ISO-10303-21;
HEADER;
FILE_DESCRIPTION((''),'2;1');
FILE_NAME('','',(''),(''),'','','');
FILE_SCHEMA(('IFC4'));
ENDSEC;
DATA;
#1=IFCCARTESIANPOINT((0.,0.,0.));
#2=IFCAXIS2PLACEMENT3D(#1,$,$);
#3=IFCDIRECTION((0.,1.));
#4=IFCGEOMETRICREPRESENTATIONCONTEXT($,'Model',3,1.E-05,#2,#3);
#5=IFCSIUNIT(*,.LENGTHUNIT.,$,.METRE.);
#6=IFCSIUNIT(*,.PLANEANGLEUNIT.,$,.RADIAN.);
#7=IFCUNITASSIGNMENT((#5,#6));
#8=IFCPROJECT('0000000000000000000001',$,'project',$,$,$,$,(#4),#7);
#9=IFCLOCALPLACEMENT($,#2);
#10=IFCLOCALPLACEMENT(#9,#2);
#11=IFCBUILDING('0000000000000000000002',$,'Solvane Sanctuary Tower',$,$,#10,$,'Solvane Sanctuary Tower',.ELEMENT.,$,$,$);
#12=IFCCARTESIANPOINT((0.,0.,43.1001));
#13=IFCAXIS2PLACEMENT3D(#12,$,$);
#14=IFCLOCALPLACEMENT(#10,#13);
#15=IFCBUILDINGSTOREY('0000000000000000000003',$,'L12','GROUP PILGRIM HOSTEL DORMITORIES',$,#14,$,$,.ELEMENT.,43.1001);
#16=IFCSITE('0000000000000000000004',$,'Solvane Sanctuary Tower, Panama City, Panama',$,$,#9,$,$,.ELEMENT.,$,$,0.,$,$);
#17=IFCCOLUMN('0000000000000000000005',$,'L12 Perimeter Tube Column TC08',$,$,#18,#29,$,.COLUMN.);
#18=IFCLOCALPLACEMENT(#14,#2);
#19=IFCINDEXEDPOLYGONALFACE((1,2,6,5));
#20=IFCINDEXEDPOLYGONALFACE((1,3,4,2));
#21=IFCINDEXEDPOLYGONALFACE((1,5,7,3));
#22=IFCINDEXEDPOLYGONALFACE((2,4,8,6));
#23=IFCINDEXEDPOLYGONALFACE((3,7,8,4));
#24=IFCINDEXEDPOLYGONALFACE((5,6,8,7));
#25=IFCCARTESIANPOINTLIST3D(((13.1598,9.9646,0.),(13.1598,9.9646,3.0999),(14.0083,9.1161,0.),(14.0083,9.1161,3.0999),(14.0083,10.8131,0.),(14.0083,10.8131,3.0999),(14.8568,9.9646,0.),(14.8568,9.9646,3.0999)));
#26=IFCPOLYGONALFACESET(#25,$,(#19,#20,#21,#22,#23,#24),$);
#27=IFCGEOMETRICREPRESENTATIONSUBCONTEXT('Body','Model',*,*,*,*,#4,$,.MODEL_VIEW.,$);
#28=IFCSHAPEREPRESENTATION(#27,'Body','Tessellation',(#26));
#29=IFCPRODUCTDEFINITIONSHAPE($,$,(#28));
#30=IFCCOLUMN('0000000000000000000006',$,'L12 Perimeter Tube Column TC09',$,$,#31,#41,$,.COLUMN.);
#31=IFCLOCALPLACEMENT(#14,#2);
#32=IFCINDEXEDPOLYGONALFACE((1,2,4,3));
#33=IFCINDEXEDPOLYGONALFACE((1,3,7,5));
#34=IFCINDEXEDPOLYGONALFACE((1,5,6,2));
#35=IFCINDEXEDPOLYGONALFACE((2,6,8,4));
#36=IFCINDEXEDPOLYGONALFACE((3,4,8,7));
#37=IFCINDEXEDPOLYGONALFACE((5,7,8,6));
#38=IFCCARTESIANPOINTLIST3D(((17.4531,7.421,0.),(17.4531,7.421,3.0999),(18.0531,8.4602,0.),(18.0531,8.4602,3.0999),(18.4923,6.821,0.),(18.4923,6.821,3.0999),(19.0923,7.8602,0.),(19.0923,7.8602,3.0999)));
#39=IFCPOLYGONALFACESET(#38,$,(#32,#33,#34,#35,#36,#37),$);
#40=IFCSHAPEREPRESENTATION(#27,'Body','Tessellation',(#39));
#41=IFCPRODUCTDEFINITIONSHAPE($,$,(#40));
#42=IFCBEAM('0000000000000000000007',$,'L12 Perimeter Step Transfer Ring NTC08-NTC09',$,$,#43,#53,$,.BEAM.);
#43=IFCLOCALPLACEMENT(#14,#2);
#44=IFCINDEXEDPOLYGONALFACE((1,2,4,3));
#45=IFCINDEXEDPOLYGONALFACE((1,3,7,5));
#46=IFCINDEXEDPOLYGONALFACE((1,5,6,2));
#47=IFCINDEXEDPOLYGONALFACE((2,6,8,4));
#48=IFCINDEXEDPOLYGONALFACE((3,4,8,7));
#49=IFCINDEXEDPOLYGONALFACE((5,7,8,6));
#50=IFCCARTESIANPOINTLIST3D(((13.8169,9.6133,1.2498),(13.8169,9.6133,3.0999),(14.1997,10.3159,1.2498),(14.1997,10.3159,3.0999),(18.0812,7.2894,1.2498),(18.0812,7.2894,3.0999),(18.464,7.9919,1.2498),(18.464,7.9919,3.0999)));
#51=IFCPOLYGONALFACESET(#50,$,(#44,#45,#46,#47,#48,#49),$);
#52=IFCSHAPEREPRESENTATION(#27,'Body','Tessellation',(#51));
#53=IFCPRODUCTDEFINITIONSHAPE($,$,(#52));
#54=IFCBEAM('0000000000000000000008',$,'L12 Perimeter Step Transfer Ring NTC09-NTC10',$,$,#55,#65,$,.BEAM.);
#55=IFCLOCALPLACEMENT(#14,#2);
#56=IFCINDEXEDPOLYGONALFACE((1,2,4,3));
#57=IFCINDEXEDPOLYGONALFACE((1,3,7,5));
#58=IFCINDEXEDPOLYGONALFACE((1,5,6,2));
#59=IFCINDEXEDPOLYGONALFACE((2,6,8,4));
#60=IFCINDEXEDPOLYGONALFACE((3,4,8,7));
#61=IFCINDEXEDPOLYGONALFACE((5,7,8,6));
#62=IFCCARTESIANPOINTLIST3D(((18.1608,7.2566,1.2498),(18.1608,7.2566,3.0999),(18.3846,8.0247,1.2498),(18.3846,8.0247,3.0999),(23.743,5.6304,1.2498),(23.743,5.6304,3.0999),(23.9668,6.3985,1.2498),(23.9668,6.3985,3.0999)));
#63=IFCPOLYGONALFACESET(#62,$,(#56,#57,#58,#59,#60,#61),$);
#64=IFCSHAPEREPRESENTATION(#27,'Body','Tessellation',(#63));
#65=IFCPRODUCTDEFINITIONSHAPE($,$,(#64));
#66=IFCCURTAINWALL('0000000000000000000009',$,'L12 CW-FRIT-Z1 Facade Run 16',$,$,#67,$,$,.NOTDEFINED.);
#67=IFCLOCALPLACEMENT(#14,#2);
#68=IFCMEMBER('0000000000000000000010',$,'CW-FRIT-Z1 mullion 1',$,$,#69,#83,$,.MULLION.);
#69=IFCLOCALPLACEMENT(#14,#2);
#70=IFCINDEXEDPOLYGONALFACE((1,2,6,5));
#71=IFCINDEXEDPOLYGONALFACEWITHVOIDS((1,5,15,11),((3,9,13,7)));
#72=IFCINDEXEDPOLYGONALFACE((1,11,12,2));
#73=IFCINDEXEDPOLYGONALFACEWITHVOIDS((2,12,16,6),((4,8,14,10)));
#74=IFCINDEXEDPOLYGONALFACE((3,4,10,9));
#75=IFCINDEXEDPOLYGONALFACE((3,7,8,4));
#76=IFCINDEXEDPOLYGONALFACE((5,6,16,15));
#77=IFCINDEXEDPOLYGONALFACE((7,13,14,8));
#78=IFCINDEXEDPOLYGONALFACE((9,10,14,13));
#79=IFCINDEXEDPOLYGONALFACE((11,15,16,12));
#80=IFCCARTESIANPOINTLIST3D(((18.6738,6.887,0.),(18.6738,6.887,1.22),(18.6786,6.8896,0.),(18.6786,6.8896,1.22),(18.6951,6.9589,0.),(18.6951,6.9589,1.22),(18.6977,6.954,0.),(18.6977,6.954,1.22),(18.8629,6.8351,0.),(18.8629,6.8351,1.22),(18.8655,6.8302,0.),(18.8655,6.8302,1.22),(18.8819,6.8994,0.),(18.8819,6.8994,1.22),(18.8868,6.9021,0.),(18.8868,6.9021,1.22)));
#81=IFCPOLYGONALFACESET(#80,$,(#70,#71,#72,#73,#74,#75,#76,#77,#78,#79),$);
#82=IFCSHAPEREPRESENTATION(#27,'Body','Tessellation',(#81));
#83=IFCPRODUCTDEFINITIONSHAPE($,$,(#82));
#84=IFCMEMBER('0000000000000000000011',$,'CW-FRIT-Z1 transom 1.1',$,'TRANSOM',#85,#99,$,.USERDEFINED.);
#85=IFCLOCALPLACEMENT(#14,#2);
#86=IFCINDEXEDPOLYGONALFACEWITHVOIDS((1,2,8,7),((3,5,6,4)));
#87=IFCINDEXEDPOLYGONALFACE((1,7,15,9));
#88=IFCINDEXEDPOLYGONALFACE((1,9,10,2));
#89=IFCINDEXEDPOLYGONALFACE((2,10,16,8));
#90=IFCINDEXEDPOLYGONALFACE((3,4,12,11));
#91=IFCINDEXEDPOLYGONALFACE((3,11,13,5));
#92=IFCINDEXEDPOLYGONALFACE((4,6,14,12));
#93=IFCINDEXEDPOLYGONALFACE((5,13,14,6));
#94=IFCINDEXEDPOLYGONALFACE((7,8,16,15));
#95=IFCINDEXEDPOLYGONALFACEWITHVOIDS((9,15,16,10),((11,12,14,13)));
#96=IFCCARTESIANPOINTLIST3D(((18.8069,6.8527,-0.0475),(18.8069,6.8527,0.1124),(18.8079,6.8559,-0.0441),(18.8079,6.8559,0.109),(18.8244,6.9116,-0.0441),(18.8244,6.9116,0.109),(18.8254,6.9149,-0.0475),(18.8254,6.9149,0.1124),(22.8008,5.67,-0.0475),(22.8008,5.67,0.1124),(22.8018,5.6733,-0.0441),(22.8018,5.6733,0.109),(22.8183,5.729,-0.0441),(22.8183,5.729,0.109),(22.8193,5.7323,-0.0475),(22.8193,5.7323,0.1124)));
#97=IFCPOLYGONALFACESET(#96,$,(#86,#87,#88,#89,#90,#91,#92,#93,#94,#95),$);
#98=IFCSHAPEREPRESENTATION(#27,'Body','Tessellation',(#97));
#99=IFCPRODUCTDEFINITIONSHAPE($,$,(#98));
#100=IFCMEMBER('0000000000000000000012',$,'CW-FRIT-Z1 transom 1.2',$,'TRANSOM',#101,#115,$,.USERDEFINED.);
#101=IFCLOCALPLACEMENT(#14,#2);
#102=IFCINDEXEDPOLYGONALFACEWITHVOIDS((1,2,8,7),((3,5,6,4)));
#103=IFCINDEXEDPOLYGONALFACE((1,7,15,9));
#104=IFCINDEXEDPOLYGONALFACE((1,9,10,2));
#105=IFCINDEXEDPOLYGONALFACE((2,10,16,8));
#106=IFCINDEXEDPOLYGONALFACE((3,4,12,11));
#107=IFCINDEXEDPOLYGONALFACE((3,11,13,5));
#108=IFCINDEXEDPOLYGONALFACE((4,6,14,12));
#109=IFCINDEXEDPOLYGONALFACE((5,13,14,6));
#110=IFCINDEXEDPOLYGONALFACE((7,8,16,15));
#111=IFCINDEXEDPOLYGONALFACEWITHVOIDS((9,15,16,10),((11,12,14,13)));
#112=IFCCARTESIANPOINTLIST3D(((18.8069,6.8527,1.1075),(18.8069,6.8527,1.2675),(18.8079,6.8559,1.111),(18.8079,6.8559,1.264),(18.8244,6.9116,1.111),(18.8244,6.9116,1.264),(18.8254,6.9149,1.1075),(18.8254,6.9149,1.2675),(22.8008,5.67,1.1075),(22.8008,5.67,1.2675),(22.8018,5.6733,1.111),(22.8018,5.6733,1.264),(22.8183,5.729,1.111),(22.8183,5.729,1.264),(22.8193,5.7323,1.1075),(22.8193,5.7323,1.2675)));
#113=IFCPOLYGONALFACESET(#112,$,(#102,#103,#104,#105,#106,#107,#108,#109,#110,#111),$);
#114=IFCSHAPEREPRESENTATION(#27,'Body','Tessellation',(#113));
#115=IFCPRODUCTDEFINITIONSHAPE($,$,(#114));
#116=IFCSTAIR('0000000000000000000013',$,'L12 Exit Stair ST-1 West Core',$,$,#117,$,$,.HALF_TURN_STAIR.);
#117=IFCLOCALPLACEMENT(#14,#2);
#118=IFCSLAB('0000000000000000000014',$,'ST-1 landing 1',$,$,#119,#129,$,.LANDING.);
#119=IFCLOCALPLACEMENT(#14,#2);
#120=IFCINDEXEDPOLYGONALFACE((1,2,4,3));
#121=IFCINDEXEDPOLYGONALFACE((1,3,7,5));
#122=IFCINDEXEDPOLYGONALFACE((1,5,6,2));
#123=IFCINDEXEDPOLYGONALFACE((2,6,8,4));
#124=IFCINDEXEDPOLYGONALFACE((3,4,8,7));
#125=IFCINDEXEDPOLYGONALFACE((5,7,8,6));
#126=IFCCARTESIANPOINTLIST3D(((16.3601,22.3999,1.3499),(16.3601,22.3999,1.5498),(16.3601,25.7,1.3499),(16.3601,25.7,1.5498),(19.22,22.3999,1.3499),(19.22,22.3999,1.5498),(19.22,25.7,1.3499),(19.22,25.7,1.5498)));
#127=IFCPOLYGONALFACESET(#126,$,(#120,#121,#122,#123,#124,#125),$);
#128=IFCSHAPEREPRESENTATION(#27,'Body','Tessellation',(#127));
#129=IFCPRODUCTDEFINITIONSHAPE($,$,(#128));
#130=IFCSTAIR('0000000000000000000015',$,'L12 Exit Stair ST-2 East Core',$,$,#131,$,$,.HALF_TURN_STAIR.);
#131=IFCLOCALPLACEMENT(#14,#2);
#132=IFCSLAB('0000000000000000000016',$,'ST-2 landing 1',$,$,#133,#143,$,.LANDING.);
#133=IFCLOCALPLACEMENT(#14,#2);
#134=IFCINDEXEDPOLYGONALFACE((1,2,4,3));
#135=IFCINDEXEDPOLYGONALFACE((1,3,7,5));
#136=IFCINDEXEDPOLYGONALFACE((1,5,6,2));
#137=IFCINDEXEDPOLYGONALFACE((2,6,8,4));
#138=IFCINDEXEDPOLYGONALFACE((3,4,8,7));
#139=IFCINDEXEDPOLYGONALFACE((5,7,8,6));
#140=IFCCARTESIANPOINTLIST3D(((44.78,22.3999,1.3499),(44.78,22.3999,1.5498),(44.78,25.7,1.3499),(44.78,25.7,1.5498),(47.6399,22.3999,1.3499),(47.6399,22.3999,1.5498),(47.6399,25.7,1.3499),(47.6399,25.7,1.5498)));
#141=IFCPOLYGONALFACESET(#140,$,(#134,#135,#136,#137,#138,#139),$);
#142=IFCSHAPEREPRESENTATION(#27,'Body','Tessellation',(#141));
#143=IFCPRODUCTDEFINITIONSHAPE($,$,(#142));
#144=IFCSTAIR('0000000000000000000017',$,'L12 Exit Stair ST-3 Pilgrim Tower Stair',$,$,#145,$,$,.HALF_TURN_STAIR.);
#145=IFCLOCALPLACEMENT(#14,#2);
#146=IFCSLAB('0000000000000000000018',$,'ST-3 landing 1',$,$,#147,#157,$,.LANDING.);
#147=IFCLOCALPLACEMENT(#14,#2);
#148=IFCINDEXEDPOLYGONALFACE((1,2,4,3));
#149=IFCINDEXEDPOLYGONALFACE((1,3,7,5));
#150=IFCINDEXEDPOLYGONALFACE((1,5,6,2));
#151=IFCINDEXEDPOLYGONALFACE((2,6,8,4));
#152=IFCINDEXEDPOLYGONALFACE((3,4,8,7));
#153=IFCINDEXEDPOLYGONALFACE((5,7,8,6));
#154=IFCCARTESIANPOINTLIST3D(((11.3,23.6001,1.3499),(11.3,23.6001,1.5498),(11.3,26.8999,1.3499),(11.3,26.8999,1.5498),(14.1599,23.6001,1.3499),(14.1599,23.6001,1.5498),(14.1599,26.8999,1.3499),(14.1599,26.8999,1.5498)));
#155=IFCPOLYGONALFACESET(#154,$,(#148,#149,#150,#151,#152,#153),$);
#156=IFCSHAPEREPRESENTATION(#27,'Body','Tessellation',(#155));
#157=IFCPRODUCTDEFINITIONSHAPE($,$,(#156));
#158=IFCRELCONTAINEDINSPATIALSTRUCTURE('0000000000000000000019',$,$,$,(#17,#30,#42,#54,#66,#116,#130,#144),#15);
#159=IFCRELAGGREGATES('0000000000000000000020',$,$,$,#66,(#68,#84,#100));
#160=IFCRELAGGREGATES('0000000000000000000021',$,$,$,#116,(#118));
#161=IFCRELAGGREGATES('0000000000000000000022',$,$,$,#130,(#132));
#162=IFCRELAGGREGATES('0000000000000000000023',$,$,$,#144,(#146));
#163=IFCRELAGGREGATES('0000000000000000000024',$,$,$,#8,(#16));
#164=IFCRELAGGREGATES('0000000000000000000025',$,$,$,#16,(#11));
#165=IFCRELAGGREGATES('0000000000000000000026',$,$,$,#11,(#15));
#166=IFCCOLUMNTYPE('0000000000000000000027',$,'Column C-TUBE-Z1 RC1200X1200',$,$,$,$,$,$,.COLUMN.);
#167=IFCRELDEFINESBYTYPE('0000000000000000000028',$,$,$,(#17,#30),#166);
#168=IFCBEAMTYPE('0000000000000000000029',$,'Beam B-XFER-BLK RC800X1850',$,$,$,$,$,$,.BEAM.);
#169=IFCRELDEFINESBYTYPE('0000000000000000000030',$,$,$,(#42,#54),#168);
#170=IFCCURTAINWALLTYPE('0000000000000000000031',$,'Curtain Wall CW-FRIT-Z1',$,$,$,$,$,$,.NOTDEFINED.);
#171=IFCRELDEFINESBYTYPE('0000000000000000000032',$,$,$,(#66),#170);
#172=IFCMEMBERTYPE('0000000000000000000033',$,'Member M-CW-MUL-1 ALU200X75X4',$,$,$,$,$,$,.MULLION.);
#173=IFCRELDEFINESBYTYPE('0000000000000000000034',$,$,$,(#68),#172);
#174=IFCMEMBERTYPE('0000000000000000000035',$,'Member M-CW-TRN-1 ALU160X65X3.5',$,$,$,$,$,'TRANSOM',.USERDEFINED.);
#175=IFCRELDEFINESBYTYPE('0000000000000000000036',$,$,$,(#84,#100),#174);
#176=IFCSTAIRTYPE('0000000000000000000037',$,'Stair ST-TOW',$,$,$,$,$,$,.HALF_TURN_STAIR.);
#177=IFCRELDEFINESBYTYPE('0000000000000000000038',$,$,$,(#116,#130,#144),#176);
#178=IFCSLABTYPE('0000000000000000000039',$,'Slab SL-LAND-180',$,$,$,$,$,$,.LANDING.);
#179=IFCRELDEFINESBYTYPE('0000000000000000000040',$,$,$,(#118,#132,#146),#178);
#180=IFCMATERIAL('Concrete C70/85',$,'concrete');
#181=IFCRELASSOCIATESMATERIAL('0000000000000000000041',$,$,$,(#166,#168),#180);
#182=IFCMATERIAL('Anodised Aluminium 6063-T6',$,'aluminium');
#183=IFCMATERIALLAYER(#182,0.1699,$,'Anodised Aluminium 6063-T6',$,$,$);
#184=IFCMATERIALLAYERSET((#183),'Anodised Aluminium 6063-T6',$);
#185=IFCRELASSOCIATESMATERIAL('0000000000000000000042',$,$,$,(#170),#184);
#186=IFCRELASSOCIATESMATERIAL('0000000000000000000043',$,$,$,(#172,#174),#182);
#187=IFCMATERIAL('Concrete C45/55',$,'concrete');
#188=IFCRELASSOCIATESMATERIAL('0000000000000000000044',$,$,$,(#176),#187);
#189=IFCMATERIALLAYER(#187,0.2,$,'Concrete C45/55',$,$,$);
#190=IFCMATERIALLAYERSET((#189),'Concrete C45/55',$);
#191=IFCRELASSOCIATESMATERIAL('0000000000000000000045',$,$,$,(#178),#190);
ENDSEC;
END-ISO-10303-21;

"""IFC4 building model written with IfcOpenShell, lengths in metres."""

from ifc_helpers import new_model, si_unit, direction, frame, origin, origin_2d, place, context, subcontext, project, spatial, polyline, rectangle, hollow_rectangle, outline, extrude, material, layer, layer_set, material_profile, profile_set, type_object, element, aggregate, save


model = new_model("IFC4")

# Units and contexts
model_context = context("Model", 3, precision=1e-05, world=origin(), true_north=direction((0.0, 1.0)))
body_context = subcontext(model_context, "Body", "Model", "MODEL_VIEW")
ifc_project = project(units=[si_unit("LENGTHUNIT", "METRE"), si_unit("PLANEANGLEUNIT", "RADIAN")], contexts=[model_context])

# Site, building, storey
site_placement = place(None, origin())
site = spatial("IfcSite", under=ifc_project, at=site_placement, Name="Solvane Sanctuary Tower, Panama City, Panama", CompositionType="ELEMENT", RefElevation=0.0)
building_placement = place(site_placement, origin())
building = spatial("IfcBuilding", under=site, at=building_placement, Name="Solvane Sanctuary Tower", LongName="Solvane Sanctuary Tower", CompositionType="ELEMENT")
storey_placement = place(building_placement, frame((0.0, 0.0, 43.1001)))
storey = spatial("IfcBuildingStorey", under=building, at=storey_placement, Name="L12", Description="GROUP PILGRIM HOSTEL DORMITORIES", CompositionType="ELEMENT", Elevation=43.1001)

# Columns
ifc_material_1 = material(Name="Concrete C70/85", Category="concrete")
ifc_material_profile_1 = material_profile(ifc_material_1, rectangle(XDim=1.2, YDim=1.2, at=origin_2d()), Name="RC1200X1200")
ifc_profile_set_1 = profile_set([ifc_material_profile_1], Name="Concrete C70/85")
column_type = type_object("IfcColumnType", Name="Column C-TUBE-Z1 RC1200X1200", PredefinedType="COLUMN", material=ifc_profile_set_1)
for number, where, z_axis, x_axis, name in (
    (1, (14.0083, 9.9646, 0.0), (0.0, 0.0, 1.0), (-0.707107, -0.707107, 0.0), "L12 Perimeter Tube Column TC08"),
    (2, (18.2727, 7.6406, 0.0), (0.0, 0.0, 1.0), (-0.5, -0.866025, 0.0), "L12 Perimeter Tube Column TC09"),
):
    element("IfcColumn", number, at=place(storey_placement, frame(where, z_axis=z_axis, x_axis=x_axis)), inside=storey, type_object=column_type, Name=name, PredefinedType="COLUMN", context=body_context, shape_type="SweptSolid", body=[
        extrude(rectangle(XDim=1.2, YDim=1.2, at=origin_2d()), origin(), (0.0, 0.0, 1.0), 3.0999),
    ])

# Beams
ifc_material_profile_2 = material_profile(ifc_material_1, rectangle(XDim=0.8, YDim=1.8501, at=origin_2d()), Name="RC800X1850")
ifc_profile_set_2 = profile_set([ifc_material_profile_2], Name="Concrete C70/85")
beam_type = type_object("IfcBeamType", Name="Beam B-XFER-BLK RC800X1850", PredefinedType="BEAM", material=ifc_profile_set_2)
beam_1_placement = place(storey_placement, frame((14.0083, 9.9646, 2.1748), z_axis=(0.878074, -0.478525, 0.0), x_axis=(0.478525, 0.878074, 0.0)))
element("IfcBeam", 3, at=beam_1_placement, inside=storey, type_object=beam_type, Name="L12 Perimeter Step Transfer Ring NTC08-NTC09", PredefinedType="BEAM", context=body_context, shape_type="SweptSolid", body=[
    extrude(rectangle(XDim=0.8, YDim=1.8501, at=origin_2d()), origin(), (0.0, 0.0, 1.0), 4.8564),
])
beam_2_placement = place(storey_placement, frame((18.2727, 7.6406, 2.1748), z_axis=(0.96009, -0.279692, 0.0), x_axis=(0.279692, 0.96009, 0.0)))
element("IfcBeam", 4, at=beam_2_placement, inside=storey, type_object=beam_type, Name="L12 Perimeter Step Transfer Ring NTC09-NTC10", PredefinedType="BEAM", context=body_context, shape_type="SweptSolid", body=[
    extrude(rectangle(XDim=0.8, YDim=1.8501, at=origin_2d()), origin(), (0.0, 0.0, 1.0), 5.8142),
])

# Curtain wall, members
ifc_material_2 = material(Name="Anodised Aluminium 6063-T6", Category="aluminium")
ifc_layer_1 = layer(ifc_material_2, 0.1699, Name="Anodised Aluminium 6063-T6")
ifc_layer_set_1 = layer_set([ifc_layer_1], Name="Anodised Aluminium 6063-T6")
curtain_wall_type = type_object("IfcCurtainWallType", Name="Curtain Wall CW-FRIT-Z1", PredefinedType="NOTDEFINED", material=ifc_layer_set_1)
curtain_wall_placement = place(storey_placement, origin())
curtain_wall = element("IfcCurtainWall", 5, at=curtain_wall_placement, inside=storey, type_object=curtain_wall_type, Name="L12 CW-FRIT-Z1 Facade Run 16", PredefinedType="NOTDEFINED")
ifc_material_profile_3 = material_profile(ifc_material_2, hollow_rectangle(XDim=0.075, YDim=0.2, WallThickness=0.0039, at=origin_2d()), Name="ALU200X75X4")
ifc_profile_set_3 = profile_set([ifc_material_profile_3], Name="Anodised Aluminium 6063-T6")
member_type_1 = type_object("IfcMemberType", Name="Member M-CW-MUL-1 ALU200X75X4", PredefinedType="MULLION", material=ifc_profile_set_3)
member_1_placement = place(storey_placement, frame((18.7803, 6.8945, 0.0), z_axis=(0.0, 0.0, 1.0), x_axis=(0.283936, 0.958843, 0.0)))
member_1 = element("IfcMember", 6, at=member_1_placement, type_object=member_type_1, Name="CW-FRIT-Z1 mullion 1", PredefinedType="MULLION", context=body_context, shape_type="SweptSolid", body=[
    extrude(hollow_rectangle(XDim=0.075, YDim=0.2, WallThickness=0.0039, at=origin_2d()), origin(), (0.0, 0.0, 1.0), 1.22),
])
ifc_material_profile_4 = material_profile(ifc_material_2, hollow_rectangle(XDim=0.0649, YDim=0.1599, WallThickness=0.0034, at=origin_2d()), Name="ALU160X65X3.5")
ifc_profile_set_4 = profile_set([ifc_material_profile_4], Name="Anodised Aluminium 6063-T6")
member_type_2 = type_object("IfcMemberType", Name="Member M-CW-TRN-1 ALU160X65X3.5", ElementType="TRANSOM", PredefinedType="USERDEFINED", material=ifc_profile_set_4)
member_2_placement = place(storey_placement, frame((18.8162, 6.8838, 0.0325), z_axis=(0.958848, -0.283921, 0.0), x_axis=(0.283921, 0.958848, 0.0)))
member_2 = element("IfcMember", 7, at=member_2_placement, type_object=member_type_2, Name="CW-FRIT-Z1 transom 1.1", ObjectType="TRANSOM", PredefinedType="USERDEFINED", context=body_context, shape_type="SweptSolid", body=[
    extrude(hollow_rectangle(XDim=0.0649, YDim=0.1599, WallThickness=0.0034, at=origin_2d()), origin(), (0.0, 0.0, 1.0), 4.1653),
])
member_3_placement = place(storey_placement, frame((18.8162, 6.8838, 1.1875), z_axis=(0.958848, -0.283921, 0.0), x_axis=(0.283921, 0.958848, 0.0)))
member_3 = element("IfcMember", 8, at=member_3_placement, type_object=member_type_2, Name="CW-FRIT-Z1 transom 1.2", ObjectType="TRANSOM", PredefinedType="USERDEFINED", context=body_context, shape_type="SweptSolid", body=[
    extrude(hollow_rectangle(XDim=0.0649, YDim=0.1599, WallThickness=0.0034, at=origin_2d()), origin(), (0.0, 0.0, 1.0), 4.1653),
])
aggregate(curtain_wall, [member_1, member_2, member_3])

# Stairs, slabs
ifc_material_3 = material(Name="Concrete C45/55", Category="concrete")
stair_type = type_object("IfcStairType", Name="Stair ST-TOW", PredefinedType="HALF_TURN_STAIR", material=ifc_material_3)
stair_1_placement = place(storey_placement, origin())
stair_1 = element("IfcStair", 9, at=stair_1_placement, inside=storey, type_object=stair_type, Name="L12 Exit Stair ST-1 West Core", PredefinedType="HALF_TURN_STAIR")
ifc_layer_2 = layer(ifc_material_3, 0.2, Name="Concrete C45/55")
ifc_layer_set_2 = layer_set([ifc_layer_2], Name="Concrete C45/55")
slab_type_1 = type_object("IfcSlabType", Name="Slab SL-LAND-180", PredefinedType="LANDING", material=ifc_layer_set_2)
slab_1_placement = place(storey_placement, frame((0.0, 0.0, 1.3499)))
slab_1 = element("IfcSlab", 10, at=slab_1_placement, type_object=slab_type_1, Name="ST-1 landing 1", PredefinedType="LANDING", context=body_context, shape_type="SweptSolid", body=[
    extrude(outline(polyline([(19.22, 22.3999), (19.22, 25.7), (16.3601, 25.7), (16.3601, 22.3999), (19.22, 22.3999)])), origin(), (0.0, 0.0, 1.0), 0.2),
])
aggregate(stair_1, [slab_1])
stair_2_placement = place(storey_placement, origin())
stair_2 = element("IfcStair", 11, at=stair_2_placement, inside=storey, type_object=stair_type, Name="L12 Exit Stair ST-2 East Core", PredefinedType="HALF_TURN_STAIR")
slab_2_placement = place(storey_placement, frame((0.0, 0.0, 1.3499)))
slab_2 = element("IfcSlab", 12, at=slab_2_placement, type_object=slab_type_1, Name="ST-2 landing 1", PredefinedType="LANDING", context=body_context, shape_type="SweptSolid", body=[
    extrude(outline(polyline([(47.6399, 22.3999), (47.6399, 25.7), (44.78, 25.7), (44.78, 22.3999), (47.6399, 22.3999)])), origin(), (0.0, 0.0, 1.0), 0.2),
])
aggregate(stair_2, [slab_2])
stair_3_placement = place(storey_placement, origin())
stair_3 = element("IfcStair", 13, at=stair_3_placement, inside=storey, type_object=stair_type, Name="L12 Exit Stair ST-3 Pilgrim Tower Stair", PredefinedType="HALF_TURN_STAIR")
slab_3_placement = place(storey_placement, frame((0.0, 0.0, 1.3499)))
slab_3 = element("IfcSlab", 14, at=slab_3_placement, type_object=slab_type_1, Name="ST-3 landing 1", PredefinedType="LANDING", context=body_context, shape_type="SweptSolid", body=[
    extrude(outline(polyline([(14.1599, 23.6001), (14.1599, 26.8999), (11.3, 26.8999), (11.3, 23.6001), (14.1599, 23.6001)])), origin(), (0.0, 0.0, 1.0), 0.2),
])
aggregate(stair_3, [slab_3])

save(model, "model.ifc")
